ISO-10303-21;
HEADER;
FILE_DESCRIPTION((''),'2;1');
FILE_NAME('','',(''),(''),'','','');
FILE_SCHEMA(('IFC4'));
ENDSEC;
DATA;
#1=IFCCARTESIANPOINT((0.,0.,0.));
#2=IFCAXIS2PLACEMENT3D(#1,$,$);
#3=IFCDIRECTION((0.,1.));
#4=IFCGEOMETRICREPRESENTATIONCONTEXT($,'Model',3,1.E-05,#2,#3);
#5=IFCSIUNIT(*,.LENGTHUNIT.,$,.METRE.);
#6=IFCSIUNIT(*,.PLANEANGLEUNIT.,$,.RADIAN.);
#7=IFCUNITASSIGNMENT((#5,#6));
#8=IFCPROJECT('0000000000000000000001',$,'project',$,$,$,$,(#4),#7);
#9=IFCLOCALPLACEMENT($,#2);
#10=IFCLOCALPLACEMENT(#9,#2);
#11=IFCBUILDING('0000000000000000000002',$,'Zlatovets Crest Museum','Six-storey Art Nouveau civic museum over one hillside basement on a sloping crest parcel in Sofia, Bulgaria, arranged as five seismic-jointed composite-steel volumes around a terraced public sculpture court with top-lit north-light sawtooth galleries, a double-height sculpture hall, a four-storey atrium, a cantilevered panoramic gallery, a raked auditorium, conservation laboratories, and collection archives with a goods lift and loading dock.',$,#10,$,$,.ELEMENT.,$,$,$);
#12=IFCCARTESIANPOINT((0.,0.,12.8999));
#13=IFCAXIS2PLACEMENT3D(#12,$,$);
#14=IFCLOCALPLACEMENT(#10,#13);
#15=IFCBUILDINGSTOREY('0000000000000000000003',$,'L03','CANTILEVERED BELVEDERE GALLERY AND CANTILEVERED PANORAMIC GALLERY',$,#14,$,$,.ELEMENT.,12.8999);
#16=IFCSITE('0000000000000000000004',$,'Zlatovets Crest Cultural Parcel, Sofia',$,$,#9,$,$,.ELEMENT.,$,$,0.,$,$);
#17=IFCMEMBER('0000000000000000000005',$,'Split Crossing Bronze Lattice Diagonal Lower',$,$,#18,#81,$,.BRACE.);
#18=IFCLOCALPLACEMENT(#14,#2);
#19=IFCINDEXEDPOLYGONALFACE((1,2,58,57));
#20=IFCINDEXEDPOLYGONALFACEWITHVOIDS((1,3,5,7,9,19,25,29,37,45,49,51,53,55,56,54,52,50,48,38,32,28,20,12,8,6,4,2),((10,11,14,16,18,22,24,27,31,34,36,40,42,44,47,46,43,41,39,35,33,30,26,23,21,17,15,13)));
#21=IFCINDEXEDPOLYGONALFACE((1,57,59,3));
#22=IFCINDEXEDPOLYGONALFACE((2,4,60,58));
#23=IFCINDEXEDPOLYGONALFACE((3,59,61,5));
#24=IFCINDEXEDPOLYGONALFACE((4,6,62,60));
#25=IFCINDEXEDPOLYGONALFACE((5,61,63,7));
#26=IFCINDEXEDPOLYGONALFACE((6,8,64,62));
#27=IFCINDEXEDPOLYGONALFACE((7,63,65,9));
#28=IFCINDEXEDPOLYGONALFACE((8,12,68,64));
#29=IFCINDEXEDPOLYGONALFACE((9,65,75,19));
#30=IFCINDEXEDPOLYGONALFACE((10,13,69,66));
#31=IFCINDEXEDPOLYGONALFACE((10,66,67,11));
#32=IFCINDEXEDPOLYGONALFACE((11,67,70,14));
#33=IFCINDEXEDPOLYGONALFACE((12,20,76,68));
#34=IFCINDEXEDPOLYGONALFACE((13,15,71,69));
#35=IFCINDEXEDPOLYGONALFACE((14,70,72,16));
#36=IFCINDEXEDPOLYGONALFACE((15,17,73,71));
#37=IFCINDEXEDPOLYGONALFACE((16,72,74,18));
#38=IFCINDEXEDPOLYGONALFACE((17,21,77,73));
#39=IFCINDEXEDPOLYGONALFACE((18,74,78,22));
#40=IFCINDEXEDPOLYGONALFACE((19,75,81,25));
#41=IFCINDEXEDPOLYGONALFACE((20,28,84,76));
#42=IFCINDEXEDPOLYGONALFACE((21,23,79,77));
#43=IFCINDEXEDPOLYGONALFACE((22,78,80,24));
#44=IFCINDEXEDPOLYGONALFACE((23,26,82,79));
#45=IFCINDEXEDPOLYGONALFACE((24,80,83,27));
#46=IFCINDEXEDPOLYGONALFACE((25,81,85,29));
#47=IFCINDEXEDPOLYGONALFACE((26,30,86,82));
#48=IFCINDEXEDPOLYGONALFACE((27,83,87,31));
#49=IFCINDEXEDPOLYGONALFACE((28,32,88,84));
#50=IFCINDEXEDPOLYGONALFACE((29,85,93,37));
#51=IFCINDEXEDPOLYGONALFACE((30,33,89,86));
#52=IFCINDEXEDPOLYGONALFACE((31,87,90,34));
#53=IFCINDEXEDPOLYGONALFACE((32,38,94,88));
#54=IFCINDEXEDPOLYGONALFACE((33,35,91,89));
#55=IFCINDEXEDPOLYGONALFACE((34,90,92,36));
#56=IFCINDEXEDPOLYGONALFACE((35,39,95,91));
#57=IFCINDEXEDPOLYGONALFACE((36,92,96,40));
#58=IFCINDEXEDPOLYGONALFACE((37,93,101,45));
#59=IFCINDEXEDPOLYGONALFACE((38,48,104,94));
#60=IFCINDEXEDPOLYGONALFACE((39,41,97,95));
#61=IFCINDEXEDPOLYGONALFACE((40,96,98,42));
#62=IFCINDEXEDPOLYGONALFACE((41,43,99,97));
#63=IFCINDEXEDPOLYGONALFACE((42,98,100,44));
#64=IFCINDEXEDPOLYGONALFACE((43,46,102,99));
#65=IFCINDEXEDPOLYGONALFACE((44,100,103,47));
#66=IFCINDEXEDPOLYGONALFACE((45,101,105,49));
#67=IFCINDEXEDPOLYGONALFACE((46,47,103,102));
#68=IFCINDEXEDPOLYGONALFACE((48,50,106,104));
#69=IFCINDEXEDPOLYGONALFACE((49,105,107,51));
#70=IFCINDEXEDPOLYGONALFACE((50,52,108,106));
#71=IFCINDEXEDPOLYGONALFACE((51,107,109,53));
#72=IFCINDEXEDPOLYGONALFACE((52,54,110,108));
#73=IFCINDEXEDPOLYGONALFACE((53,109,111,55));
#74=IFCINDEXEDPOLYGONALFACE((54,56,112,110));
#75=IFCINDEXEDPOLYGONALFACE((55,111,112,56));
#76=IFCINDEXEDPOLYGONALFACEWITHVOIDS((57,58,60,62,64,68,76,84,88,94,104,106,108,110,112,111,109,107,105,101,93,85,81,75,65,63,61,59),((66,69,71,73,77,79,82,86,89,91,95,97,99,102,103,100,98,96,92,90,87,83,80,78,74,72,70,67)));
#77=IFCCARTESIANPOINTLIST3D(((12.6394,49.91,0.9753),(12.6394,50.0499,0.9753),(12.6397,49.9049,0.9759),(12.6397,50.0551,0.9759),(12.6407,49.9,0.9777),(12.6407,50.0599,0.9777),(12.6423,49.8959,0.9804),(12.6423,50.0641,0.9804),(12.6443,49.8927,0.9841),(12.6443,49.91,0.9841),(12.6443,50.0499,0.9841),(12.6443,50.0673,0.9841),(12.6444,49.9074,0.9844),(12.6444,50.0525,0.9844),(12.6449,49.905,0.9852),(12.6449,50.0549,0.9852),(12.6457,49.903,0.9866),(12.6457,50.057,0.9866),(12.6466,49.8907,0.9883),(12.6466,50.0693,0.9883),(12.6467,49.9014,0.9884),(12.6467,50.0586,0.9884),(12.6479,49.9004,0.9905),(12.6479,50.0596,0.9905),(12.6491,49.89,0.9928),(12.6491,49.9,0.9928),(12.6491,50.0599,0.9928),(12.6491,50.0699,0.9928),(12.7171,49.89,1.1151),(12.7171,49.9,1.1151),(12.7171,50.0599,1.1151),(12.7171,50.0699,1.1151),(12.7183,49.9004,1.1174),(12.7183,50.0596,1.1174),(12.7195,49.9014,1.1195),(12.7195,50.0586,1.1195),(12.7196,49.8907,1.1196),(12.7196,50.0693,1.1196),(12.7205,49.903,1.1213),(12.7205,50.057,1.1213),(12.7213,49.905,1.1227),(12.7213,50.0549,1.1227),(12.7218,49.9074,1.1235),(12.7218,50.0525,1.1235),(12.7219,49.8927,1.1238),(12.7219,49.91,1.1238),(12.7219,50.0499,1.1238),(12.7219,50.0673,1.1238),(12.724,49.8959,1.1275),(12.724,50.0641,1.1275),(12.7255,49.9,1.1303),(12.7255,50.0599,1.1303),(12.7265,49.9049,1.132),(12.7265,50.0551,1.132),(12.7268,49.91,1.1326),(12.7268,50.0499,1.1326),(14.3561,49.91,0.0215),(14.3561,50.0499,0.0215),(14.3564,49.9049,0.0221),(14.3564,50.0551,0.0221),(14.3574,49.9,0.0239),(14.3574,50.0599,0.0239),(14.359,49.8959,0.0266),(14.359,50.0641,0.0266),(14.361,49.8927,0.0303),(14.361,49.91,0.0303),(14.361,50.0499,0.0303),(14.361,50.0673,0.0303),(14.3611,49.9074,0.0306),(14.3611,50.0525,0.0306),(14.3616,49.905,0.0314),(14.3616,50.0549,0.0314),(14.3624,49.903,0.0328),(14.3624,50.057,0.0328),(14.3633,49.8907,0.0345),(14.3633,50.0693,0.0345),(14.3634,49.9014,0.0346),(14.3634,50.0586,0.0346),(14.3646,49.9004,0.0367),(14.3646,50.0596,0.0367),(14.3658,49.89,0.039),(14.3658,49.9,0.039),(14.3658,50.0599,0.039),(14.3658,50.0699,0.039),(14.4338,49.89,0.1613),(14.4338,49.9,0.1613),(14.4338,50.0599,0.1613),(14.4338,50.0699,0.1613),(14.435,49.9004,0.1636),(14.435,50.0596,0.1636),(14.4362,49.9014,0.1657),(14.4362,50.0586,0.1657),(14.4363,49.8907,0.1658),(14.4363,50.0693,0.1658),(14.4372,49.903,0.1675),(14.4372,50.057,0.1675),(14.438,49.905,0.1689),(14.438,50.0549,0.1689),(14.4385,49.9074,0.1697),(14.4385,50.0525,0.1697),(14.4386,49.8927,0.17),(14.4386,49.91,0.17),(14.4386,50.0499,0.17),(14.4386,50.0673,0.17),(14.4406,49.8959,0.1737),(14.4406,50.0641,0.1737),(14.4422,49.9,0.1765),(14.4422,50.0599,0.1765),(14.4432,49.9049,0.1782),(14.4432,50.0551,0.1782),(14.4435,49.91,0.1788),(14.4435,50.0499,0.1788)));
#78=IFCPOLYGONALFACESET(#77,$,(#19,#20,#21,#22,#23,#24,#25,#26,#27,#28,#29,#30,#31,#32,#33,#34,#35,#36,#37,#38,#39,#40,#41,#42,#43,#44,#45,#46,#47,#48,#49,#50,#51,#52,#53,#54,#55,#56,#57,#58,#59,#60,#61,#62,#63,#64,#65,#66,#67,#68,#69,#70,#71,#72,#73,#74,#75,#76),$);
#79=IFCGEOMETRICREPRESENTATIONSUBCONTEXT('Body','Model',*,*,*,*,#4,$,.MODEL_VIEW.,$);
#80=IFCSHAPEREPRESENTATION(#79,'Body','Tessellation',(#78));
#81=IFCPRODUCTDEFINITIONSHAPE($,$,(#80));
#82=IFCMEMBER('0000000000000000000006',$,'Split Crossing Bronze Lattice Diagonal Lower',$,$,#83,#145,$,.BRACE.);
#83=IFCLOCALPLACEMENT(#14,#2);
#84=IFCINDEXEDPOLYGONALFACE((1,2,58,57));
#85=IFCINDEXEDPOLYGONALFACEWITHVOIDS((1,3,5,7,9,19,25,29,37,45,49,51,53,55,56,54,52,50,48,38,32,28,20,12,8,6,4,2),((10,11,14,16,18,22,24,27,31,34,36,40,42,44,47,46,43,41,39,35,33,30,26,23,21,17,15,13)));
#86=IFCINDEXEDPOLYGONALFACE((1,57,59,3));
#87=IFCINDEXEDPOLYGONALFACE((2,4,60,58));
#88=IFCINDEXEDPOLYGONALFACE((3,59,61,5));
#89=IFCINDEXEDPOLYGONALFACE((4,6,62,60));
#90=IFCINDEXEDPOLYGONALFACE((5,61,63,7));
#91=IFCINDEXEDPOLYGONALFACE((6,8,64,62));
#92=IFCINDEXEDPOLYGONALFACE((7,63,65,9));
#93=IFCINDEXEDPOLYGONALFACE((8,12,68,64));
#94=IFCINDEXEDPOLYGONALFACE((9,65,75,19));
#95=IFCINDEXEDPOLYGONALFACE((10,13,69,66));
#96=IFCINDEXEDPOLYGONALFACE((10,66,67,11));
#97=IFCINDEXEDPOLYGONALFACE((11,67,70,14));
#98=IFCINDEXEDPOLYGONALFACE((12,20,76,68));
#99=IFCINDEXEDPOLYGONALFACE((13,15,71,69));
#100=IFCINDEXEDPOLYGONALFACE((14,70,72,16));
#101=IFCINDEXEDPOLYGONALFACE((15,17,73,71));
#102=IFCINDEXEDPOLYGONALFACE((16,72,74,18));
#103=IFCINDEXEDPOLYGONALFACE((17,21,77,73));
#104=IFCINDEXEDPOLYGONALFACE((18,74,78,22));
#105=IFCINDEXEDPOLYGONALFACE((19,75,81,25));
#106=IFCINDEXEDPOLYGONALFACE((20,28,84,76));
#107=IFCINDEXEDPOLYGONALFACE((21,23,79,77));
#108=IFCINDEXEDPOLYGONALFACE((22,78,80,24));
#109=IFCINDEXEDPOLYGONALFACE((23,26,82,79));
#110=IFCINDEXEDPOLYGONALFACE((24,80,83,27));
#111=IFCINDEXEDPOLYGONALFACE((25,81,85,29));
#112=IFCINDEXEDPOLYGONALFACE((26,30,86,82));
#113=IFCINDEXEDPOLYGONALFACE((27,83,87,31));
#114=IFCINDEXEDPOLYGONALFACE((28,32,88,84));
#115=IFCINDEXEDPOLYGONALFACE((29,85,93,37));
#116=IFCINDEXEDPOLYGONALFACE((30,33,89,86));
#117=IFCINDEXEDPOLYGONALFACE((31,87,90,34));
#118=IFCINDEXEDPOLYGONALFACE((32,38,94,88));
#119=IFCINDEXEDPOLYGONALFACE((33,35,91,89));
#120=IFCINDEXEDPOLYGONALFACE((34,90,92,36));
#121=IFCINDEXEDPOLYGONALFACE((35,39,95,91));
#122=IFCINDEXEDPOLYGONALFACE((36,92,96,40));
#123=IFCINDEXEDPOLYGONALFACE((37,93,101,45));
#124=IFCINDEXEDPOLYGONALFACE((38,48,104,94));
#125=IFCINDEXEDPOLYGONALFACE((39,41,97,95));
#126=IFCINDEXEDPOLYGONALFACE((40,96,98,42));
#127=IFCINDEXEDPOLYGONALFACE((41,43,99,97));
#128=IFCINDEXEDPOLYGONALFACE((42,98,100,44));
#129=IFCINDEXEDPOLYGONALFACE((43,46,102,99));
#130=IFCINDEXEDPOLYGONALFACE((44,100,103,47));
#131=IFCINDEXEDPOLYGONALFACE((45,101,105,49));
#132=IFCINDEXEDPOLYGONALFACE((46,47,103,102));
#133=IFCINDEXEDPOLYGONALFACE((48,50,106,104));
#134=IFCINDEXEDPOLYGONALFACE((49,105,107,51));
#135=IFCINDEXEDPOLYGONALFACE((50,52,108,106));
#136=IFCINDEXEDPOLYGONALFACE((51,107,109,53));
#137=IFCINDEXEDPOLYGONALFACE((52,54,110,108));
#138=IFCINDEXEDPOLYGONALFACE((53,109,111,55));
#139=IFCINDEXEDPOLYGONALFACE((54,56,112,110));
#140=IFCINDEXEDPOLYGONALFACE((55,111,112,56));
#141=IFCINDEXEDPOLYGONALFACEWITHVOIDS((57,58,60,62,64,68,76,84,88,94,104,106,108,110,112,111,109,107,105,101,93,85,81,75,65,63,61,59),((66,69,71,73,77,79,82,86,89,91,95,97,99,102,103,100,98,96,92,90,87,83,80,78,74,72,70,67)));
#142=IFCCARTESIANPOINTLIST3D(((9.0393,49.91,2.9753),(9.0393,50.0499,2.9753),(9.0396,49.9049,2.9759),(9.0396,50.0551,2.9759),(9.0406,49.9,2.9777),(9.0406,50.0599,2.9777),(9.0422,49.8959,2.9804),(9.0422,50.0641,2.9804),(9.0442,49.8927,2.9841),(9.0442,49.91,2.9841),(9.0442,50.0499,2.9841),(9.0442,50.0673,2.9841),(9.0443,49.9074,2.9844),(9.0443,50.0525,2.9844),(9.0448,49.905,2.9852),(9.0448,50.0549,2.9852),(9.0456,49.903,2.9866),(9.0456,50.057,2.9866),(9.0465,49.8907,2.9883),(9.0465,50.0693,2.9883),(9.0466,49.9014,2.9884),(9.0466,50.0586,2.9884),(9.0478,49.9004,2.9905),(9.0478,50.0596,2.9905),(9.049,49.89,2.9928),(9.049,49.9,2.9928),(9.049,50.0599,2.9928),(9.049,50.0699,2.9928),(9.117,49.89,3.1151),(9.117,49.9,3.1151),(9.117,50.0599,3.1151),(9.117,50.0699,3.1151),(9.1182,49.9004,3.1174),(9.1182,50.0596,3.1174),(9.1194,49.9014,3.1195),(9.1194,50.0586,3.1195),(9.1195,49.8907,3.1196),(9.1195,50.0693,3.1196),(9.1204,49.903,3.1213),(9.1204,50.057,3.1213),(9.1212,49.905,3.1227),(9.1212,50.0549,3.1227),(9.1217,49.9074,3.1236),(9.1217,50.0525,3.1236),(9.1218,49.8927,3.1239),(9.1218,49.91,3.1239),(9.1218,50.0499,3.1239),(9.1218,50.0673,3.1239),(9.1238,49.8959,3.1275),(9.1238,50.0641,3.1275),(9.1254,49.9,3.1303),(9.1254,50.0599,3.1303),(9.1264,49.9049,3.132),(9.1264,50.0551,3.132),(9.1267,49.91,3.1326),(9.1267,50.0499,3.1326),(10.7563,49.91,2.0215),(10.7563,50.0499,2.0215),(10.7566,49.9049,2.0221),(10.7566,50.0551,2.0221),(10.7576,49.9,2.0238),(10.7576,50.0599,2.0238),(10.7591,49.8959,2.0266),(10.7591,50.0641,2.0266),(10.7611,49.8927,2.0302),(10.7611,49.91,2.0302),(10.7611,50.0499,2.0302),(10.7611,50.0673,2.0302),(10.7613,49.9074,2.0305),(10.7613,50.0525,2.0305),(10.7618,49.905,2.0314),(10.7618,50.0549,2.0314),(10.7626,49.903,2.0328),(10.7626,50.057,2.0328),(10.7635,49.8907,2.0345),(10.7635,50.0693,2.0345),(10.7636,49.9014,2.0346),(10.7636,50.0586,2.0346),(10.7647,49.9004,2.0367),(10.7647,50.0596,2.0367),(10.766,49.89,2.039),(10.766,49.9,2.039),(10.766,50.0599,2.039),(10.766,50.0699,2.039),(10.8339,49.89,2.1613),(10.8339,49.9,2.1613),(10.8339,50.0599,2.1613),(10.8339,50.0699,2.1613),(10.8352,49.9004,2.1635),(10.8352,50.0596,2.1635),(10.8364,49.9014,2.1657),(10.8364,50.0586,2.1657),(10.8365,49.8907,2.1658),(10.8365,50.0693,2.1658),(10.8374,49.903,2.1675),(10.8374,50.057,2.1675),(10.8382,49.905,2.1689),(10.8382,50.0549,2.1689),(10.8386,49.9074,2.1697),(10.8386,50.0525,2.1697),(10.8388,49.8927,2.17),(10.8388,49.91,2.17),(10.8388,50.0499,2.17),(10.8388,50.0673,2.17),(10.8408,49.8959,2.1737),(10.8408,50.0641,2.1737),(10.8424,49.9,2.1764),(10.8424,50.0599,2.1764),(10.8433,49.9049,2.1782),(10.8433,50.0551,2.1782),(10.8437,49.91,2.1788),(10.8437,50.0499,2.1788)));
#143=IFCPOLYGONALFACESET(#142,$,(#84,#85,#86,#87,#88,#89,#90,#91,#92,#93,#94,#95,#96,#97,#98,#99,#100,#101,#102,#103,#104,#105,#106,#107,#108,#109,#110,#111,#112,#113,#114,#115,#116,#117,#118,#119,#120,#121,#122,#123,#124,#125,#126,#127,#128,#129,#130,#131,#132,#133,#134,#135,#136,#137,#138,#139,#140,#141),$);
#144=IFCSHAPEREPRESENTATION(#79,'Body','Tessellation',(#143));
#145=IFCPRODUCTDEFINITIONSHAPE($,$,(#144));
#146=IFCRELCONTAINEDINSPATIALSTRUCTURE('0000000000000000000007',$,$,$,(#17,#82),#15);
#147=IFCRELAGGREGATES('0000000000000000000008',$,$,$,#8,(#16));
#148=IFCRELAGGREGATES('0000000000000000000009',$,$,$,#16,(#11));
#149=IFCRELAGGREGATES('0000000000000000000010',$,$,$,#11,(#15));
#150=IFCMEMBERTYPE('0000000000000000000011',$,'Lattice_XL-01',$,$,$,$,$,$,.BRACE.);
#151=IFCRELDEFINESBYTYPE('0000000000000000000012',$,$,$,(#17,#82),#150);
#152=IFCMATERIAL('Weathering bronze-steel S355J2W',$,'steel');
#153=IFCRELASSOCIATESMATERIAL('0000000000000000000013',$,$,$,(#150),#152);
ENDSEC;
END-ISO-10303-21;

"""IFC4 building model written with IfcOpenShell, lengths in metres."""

from ifc_helpers import new_model, si_unit, direction, frame, origin, origin_2d, place, context, subcontext, project, spatial, hollow_rectangle, extrude, material, material_profile, profile_set, type_object, element, save


model = new_model("IFC4")

# Units and contexts
model_context = context("Model", 3, precision=1e-05, world=origin(), true_north=direction((0.0, 1.0)))
body_context = subcontext(model_context, "Body", "Model", "MODEL_VIEW")
ifc_project = project(units=[si_unit("LENGTHUNIT", "METRE"), si_unit("PLANEANGLEUNIT", "RADIAN")], contexts=[model_context])

# Site, building, storey
site_placement = place(None, origin())
site = spatial("IfcSite", under=ifc_project, at=site_placement, Name="Zlatovets Crest Cultural Parcel, Sofia", CompositionType="ELEMENT", RefElevation=0.0)
building_placement = place(site_placement, origin())
building = spatial("IfcBuilding", under=site, at=building_placement, Name="Zlatovets Crest Museum", Description="Six-storey Art Nouveau civic museum over one hillside basement on a sloping crest parcel in Sofia, Bulgaria, arranged as five seismic-jointed composite-steel volumes around a terraced public sculpture court with top-lit north-light sawtooth galleries, a double-height sculpture hall, a four-storey atrium, a cantilevered panoramic gallery, a raked auditorium, conservation laboratories, and collection archives with a goods lift and loading dock.", CompositionType="ELEMENT")
storey_placement = place(building_placement, frame((0.0, 0.0, 12.8999)))
storey = spatial("IfcBuildingStorey", under=building, at=storey_placement, Name="L03", Description="CANTILEVERED BELVEDERE GALLERY AND CANTILEVERED PANORAMIC GALLERY", CompositionType="ELEMENT", Elevation=12.8999)

# Members
ifc_material_1 = material(Name="Weathering bronze-steel S355J2W", Category="steel")
ifc_material_profile_1 = material_profile(ifc_material_1, hollow_rectangle(XDim=0.1799, YDim=0.1799, WallThickness=0.01, InnerFilletRadius=0.01, OuterFilletRadius=0.02, at=origin_2d()), Name="SHS 180x180x10.0")
ifc_profile_set_1 = profile_set([ifc_material_profile_1], Name="Weathering bronze-steel S355J2W")
member_type_1 = type_object("IfcMemberType", Name="Lattice_XL-01", PredefinedType="BRACE", material=ifc_profile_set_1)
member_1_placement = place(storey_placement, frame((12.6831, 49.98, 1.054), z_axis=(0.87414, 0.0, -0.485675), x_axis=(0.0, 1.0, 0.0)))
element("IfcMember", 1, at=member_1_placement, inside=storey, type_object=member_type_1, Name="Split Crossing Bronze Lattice Diagonal Lower", PredefinedType="BRACE", context=body_context, shape_type="SweptSolid", body=[
    extrude(hollow_rectangle(XDim=0.1799, YDim=0.1799, WallThickness=0.01, InnerFilletRadius=0.01, OuterFilletRadius=0.02, at=origin_2d()), origin(), (0.0, 0.0, 1.0), 1.9639),
])
member_2_placement = place(storey_placement, frame((9.083, 49.98, 3.054), z_axis=(0.874169, 0.0, -0.485622), x_axis=(0.0, 1.0, 0.0)))
element("IfcMember", 2, at=member_2_placement, inside=storey, type_object=member_type_1, Name="Split Crossing Bronze Lattice Diagonal Lower", PredefinedType="BRACE", context=body_context, shape_type="SweptSolid", body=[
    extrude(hollow_rectangle(XDim=0.1799, YDim=0.1799, WallThickness=0.01, InnerFilletRadius=0.01, OuterFilletRadius=0.02, at=origin_2d()), origin(), (0.0, 0.0, 1.0), 1.9641),
])

save(model, "model.ifc")
